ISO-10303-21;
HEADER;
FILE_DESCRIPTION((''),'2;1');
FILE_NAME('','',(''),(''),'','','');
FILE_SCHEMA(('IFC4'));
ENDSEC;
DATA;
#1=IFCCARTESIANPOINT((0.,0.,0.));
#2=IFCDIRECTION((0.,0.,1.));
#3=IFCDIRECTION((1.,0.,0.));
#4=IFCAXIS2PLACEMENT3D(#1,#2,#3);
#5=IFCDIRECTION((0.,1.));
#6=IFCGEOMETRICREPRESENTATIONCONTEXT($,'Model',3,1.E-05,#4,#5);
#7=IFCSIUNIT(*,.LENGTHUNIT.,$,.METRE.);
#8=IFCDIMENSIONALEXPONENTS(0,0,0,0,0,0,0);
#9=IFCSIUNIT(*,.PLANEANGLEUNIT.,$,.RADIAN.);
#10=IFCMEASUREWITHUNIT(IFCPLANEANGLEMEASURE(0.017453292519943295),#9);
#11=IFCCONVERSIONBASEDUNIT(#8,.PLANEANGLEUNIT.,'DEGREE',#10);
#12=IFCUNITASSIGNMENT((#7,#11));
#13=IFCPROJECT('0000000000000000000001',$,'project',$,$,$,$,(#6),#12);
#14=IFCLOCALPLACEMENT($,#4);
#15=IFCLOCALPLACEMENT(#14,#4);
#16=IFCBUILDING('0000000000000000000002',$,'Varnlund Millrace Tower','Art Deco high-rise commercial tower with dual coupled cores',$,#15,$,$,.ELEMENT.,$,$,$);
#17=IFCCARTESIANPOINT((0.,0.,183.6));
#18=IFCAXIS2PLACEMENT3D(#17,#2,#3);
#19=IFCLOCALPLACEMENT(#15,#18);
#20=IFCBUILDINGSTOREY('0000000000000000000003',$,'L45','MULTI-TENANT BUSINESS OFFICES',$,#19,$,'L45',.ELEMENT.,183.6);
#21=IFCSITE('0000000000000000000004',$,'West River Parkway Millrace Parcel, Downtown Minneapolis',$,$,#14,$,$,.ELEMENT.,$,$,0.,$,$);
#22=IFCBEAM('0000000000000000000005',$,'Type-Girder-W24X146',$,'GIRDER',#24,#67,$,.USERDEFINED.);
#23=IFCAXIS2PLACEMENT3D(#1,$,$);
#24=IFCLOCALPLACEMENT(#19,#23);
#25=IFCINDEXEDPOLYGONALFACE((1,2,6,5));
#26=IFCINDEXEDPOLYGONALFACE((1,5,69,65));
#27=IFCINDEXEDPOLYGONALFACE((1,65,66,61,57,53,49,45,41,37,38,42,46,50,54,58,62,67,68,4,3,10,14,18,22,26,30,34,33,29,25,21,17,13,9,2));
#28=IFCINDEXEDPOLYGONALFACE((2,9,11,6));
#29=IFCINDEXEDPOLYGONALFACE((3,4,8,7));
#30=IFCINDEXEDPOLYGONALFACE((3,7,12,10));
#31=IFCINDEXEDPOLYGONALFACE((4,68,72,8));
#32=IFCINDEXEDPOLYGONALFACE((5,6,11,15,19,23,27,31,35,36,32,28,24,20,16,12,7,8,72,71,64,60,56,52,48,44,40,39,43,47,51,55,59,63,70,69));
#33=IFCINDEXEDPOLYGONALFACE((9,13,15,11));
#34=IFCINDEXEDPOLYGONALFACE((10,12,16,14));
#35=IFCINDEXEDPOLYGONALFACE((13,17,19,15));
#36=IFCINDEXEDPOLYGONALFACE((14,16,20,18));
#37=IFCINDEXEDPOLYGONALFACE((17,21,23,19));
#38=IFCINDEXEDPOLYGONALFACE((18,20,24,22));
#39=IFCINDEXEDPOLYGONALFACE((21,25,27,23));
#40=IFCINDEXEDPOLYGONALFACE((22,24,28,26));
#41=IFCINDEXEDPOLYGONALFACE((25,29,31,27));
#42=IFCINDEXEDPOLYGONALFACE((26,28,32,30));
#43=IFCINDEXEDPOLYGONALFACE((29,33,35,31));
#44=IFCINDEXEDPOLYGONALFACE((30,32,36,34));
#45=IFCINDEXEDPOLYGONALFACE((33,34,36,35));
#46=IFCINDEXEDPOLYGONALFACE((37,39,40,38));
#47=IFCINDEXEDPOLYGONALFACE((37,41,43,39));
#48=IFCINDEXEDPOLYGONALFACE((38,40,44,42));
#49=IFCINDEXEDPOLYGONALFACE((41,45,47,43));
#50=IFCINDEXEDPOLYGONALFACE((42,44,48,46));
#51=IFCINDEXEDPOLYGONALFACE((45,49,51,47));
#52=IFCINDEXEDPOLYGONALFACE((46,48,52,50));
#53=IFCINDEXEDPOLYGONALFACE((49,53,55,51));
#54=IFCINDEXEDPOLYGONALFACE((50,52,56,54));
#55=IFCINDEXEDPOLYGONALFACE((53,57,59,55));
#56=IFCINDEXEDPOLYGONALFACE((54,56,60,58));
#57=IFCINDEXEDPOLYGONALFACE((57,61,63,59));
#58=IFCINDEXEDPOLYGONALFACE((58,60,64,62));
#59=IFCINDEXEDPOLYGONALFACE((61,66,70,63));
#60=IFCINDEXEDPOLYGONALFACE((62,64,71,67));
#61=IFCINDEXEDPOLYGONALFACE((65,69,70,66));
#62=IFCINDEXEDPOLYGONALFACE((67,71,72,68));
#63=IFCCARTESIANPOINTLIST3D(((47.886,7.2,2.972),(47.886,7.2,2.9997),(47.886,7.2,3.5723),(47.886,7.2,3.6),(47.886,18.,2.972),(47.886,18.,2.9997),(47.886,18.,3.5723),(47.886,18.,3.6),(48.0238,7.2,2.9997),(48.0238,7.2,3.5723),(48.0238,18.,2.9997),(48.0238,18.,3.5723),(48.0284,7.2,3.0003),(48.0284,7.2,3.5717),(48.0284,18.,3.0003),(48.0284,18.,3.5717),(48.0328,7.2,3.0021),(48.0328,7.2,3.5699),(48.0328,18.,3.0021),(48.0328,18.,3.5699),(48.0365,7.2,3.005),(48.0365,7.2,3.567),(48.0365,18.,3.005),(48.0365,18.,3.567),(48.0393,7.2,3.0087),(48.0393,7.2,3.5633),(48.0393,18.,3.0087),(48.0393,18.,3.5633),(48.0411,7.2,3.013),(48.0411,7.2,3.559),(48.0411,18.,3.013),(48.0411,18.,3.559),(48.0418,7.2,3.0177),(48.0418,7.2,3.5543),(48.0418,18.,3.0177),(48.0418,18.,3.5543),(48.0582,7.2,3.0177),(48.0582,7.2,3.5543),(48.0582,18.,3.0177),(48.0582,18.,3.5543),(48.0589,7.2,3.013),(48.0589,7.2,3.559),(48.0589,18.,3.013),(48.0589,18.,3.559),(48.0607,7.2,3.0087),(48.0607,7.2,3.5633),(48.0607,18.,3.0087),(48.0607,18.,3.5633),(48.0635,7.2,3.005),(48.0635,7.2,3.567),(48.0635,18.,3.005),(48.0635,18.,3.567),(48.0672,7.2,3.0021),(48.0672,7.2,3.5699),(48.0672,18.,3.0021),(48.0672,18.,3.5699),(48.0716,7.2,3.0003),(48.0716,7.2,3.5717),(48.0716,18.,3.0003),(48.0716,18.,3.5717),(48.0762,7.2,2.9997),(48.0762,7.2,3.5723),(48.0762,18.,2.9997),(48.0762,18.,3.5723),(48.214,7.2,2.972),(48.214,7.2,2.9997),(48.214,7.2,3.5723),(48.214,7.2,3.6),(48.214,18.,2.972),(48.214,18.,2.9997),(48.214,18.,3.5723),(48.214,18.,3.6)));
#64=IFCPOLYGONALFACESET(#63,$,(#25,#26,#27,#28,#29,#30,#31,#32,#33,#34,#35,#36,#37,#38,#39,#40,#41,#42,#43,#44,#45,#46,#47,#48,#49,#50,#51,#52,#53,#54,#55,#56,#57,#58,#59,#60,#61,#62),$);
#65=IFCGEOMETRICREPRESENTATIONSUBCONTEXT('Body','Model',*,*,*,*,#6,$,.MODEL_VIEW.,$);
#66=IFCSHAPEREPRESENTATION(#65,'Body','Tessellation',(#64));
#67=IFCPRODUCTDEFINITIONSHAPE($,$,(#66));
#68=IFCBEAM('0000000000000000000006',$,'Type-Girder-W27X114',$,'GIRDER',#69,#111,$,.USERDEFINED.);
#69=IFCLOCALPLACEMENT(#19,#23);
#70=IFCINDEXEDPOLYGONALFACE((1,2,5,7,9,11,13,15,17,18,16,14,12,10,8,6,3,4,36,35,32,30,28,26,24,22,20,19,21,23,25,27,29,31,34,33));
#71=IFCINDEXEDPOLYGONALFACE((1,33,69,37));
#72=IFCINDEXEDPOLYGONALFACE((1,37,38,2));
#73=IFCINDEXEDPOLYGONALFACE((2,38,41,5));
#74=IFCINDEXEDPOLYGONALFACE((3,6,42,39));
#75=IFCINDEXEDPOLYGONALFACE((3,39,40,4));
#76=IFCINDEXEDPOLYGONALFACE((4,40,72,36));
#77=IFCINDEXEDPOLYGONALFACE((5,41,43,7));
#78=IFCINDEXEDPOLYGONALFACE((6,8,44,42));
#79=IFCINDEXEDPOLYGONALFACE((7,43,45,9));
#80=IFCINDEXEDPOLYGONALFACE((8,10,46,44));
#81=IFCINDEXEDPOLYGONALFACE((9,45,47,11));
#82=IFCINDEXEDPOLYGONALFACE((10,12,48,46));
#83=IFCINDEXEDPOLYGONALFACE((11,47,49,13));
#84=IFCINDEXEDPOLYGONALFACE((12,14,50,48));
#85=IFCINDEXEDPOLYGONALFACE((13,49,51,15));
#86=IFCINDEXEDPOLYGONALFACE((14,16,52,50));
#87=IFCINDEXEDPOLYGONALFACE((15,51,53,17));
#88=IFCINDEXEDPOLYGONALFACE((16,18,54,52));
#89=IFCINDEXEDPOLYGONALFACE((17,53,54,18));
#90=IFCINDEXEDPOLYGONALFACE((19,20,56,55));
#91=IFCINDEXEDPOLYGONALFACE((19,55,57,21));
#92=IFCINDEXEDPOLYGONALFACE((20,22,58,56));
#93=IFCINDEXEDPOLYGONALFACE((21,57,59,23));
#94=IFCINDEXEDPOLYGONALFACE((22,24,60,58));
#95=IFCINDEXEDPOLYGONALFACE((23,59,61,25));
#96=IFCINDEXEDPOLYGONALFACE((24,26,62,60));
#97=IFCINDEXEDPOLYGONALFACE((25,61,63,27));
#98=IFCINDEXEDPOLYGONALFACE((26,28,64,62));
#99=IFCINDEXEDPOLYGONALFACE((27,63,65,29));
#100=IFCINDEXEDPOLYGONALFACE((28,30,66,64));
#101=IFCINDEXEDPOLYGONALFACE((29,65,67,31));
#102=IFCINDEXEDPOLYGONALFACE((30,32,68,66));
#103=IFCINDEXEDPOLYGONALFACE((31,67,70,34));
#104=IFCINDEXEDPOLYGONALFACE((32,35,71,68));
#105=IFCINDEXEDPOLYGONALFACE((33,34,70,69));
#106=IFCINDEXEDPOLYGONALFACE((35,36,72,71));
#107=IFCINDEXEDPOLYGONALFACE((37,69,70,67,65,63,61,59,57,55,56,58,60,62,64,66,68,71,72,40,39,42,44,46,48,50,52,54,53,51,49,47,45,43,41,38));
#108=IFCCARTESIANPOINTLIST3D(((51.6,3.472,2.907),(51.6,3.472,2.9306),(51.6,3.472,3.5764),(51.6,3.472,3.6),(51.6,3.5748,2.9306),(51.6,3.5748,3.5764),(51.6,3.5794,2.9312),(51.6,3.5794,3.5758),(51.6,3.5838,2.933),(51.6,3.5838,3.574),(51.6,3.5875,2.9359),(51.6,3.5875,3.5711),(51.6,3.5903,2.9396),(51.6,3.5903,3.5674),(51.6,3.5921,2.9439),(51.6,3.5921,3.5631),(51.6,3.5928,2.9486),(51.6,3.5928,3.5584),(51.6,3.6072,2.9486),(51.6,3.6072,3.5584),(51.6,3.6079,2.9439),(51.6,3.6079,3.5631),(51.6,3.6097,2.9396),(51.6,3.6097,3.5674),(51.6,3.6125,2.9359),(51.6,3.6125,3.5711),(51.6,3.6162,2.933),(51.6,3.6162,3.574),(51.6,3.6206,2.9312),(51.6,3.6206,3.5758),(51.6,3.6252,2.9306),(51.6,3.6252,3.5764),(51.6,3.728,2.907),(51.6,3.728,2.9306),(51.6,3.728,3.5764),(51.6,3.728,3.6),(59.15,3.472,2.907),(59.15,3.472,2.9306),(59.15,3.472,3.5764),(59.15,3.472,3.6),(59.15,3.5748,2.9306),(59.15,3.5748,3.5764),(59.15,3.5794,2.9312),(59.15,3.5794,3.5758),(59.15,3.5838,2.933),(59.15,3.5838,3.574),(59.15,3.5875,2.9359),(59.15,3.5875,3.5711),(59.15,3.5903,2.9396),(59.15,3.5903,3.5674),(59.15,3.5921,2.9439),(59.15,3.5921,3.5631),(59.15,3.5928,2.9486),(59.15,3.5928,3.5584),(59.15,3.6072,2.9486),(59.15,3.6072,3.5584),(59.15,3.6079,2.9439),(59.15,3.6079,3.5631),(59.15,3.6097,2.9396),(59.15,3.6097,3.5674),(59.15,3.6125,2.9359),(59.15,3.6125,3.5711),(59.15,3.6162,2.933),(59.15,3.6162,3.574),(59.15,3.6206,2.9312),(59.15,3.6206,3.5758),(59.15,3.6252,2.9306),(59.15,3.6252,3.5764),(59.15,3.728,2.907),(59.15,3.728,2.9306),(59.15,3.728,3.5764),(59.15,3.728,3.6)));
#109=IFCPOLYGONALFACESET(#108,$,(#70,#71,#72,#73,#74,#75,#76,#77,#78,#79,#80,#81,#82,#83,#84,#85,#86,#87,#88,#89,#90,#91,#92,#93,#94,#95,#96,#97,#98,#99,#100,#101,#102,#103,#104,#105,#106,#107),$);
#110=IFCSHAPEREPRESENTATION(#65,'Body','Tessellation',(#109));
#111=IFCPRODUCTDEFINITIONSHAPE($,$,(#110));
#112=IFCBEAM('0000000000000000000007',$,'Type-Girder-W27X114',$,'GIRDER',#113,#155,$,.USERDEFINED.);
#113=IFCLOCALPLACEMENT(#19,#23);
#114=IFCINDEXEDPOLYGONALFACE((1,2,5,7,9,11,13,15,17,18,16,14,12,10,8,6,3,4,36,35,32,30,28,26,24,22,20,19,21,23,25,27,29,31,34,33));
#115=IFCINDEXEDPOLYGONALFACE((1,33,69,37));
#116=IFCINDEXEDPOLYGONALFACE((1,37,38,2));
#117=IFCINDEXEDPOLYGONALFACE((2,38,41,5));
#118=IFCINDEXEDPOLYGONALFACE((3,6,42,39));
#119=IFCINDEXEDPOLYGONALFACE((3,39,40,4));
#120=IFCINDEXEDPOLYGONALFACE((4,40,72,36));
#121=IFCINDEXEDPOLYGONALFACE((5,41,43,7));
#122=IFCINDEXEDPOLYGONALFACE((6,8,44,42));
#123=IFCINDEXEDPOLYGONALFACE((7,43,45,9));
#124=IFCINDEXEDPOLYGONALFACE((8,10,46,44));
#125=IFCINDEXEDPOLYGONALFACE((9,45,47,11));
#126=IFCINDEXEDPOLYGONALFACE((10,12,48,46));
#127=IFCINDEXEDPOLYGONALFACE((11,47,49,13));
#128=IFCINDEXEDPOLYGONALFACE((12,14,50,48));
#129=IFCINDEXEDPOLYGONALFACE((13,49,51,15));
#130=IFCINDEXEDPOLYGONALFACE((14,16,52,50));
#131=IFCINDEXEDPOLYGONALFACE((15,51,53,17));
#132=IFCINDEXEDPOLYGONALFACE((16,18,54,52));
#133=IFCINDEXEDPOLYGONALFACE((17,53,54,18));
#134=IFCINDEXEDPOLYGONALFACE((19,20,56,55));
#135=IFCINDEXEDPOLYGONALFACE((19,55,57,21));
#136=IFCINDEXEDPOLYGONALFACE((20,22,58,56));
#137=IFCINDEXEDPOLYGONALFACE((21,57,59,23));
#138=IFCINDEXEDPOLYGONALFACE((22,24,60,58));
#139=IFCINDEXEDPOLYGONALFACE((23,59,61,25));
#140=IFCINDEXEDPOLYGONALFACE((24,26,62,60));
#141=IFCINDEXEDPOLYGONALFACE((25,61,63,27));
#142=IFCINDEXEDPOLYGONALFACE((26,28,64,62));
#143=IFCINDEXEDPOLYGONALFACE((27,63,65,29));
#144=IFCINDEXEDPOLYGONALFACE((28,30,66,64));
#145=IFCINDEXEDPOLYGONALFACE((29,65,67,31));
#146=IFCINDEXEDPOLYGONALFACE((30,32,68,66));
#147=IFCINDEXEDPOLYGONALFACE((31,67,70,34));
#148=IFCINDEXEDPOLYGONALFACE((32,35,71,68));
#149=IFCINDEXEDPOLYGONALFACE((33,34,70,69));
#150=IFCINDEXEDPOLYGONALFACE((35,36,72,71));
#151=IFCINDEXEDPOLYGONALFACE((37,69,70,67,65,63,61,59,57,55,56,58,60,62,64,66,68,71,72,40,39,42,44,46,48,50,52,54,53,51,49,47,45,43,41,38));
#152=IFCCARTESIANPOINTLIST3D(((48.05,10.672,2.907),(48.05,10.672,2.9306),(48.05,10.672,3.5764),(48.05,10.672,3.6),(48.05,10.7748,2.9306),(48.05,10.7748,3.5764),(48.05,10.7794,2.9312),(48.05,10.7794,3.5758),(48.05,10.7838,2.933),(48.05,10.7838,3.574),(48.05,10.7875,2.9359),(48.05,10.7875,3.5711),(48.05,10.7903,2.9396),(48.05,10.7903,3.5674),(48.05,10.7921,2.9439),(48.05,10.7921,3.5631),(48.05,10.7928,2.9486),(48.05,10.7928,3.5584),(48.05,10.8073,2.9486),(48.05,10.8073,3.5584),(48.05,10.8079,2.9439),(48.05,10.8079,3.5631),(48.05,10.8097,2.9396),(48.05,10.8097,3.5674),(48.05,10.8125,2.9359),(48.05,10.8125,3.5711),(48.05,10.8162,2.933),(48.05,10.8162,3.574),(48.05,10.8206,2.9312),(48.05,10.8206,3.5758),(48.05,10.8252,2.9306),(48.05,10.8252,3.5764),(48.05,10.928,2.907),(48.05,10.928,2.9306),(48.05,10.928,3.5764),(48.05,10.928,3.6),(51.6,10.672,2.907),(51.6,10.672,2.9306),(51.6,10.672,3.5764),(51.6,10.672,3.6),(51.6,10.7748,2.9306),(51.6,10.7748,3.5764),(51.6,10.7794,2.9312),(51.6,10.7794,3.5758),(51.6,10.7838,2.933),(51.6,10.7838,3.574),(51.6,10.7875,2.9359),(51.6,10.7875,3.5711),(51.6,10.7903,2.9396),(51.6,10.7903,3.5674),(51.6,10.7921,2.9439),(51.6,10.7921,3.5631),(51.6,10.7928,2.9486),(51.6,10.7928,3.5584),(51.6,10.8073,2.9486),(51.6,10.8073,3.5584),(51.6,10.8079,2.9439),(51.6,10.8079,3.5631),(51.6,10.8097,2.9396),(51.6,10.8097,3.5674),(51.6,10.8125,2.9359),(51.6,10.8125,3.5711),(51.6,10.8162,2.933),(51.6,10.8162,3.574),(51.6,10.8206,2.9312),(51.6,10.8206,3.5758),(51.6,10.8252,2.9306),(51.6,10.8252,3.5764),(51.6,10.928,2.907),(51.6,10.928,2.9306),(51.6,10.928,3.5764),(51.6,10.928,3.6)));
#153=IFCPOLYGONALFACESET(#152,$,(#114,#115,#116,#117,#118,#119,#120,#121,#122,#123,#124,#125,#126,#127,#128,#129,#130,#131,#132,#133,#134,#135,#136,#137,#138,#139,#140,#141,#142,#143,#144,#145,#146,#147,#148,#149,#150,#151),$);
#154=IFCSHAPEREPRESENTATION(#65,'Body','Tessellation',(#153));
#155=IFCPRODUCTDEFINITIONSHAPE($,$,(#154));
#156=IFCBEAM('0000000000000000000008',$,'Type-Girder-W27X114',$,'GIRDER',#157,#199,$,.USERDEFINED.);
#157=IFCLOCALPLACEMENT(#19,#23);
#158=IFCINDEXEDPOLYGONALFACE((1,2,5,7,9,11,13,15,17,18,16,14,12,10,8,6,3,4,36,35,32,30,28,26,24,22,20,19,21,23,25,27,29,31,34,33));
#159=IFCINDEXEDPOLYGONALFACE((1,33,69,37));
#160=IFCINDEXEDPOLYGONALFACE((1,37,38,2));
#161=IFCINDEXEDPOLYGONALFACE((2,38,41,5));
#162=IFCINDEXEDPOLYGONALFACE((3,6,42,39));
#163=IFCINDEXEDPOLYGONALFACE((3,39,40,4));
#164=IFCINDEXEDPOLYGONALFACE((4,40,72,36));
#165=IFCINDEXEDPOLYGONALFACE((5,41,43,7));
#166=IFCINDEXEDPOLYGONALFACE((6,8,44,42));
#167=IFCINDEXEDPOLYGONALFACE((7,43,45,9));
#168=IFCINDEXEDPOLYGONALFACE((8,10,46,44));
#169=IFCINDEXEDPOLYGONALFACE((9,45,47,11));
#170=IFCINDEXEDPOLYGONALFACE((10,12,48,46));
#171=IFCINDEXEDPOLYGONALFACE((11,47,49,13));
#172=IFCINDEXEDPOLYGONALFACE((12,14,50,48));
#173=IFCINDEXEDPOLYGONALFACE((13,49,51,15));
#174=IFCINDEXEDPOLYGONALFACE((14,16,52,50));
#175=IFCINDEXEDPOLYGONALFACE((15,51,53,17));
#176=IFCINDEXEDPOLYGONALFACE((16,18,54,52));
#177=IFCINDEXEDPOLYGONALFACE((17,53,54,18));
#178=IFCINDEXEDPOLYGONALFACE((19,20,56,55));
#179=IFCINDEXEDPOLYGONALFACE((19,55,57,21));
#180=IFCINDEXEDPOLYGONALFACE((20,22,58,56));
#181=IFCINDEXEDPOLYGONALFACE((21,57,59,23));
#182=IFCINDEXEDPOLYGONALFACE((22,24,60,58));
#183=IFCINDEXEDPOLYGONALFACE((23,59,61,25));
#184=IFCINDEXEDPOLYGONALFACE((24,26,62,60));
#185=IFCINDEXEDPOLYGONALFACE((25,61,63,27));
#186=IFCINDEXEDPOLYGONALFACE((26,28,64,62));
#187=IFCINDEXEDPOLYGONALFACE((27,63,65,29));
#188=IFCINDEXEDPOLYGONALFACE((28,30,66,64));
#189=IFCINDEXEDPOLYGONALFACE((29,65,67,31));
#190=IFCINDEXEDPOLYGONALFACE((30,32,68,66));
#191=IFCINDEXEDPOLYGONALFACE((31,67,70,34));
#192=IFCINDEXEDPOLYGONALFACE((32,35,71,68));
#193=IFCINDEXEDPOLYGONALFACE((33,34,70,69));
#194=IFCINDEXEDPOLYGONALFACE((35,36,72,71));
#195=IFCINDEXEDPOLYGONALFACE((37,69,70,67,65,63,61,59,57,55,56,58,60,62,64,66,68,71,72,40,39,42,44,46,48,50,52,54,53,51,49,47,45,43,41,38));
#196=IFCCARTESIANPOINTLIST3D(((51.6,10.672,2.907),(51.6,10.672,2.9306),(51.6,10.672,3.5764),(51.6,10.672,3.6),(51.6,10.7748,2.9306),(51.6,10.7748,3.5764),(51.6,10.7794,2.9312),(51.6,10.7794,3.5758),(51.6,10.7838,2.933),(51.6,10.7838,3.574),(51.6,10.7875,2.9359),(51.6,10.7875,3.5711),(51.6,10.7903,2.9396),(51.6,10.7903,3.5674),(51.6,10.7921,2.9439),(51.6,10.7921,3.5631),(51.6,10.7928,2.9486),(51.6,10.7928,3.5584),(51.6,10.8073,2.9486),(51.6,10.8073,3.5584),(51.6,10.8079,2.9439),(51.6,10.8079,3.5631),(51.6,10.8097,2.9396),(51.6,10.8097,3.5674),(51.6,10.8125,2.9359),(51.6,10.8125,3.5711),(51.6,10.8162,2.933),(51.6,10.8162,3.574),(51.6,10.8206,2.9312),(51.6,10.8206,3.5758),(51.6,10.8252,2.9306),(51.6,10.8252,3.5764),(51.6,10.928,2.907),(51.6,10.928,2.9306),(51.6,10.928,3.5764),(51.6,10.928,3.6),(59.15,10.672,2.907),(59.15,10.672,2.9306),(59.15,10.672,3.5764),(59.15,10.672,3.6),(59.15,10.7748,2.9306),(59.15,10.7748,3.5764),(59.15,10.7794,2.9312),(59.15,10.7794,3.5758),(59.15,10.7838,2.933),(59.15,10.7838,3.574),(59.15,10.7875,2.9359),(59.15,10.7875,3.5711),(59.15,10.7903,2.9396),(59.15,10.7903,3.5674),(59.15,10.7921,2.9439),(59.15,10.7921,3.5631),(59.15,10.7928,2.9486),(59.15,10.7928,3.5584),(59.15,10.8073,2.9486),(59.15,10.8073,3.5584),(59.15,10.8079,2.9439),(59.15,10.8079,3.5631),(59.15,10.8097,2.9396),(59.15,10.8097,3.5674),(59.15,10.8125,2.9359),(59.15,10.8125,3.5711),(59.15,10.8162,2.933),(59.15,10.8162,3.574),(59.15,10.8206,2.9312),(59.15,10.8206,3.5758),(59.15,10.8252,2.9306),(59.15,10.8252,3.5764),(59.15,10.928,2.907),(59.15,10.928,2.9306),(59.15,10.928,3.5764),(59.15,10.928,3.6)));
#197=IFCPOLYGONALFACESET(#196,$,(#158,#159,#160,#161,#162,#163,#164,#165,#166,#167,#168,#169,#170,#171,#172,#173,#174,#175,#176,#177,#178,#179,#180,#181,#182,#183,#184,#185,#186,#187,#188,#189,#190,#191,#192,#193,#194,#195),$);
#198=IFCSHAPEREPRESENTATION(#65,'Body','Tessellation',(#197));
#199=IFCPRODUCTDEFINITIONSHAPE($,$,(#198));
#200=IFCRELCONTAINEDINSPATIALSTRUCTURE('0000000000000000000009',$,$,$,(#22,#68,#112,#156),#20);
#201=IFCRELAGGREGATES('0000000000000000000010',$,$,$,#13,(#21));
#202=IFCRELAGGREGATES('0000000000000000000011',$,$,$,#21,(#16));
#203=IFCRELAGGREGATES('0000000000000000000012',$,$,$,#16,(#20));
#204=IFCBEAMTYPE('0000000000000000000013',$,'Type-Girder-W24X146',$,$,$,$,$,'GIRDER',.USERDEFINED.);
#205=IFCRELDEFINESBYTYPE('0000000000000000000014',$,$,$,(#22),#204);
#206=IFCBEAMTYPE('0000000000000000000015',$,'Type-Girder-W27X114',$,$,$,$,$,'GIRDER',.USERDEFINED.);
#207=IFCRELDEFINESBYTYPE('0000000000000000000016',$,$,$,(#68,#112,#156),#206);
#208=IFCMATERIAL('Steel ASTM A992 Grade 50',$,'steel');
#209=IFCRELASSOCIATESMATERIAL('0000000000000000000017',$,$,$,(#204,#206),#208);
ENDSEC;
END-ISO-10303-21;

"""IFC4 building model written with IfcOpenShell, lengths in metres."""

from ifc_helpers import new_model, entity, si_unit, converted_unit, direction, frame, origin_with_axes, origin_2d_with_axis, place, context, subcontext, project, spatial, i_section, extrude, material, material_profile, profile_set, type_object, element, save


model = new_model("IFC4")

# Units and contexts
model_context = context("Model", 3, precision=1e-05, world=origin_with_axes(), true_north=direction((0.0, 1.0)))
body_context = subcontext(model_context, "Body", "Model", "MODEL_VIEW")
ifc_project = project(units=[si_unit("LENGTHUNIT", "METRE"), converted_unit("PLANEANGLEUNIT", "DEGREE", entity("IfcPlaneAngleMeasure", 0.017453292519943295), si_unit("PLANEANGLEUNIT", "RADIAN"), dimensions=[0, 0, 0, 0, 0, 0, 0])], contexts=[model_context])

# Site, building, storey
site_placement = place(None, origin_with_axes())
site = spatial("IfcSite", under=ifc_project, at=site_placement, Name="West River Parkway Millrace Parcel, Downtown Minneapolis", CompositionType="ELEMENT", RefElevation=0.0)
building_placement = place(site_placement, origin_with_axes())
building = spatial("IfcBuilding", under=site, at=building_placement, Name="Varnlund Millrace Tower", Description="Art Deco high-rise commercial tower with dual coupled cores", CompositionType="ELEMENT")
storey_placement = place(building_placement, frame((0.0, 0.0, 183.6), z_axis=(0.0, 0.0, 1.0), x_axis=(1.0, 0.0, 0.0)))
storey = spatial("IfcBuildingStorey", under=building, at=storey_placement, Name="L45", Description="MULTI-TENANT BUSINESS OFFICES", LongName="L45", CompositionType="ELEMENT", Elevation=183.6)

# Beams
ifc_material_1 = material(Name="Steel ASTM A992 Grade 50", Category="steel")
ifc_material_profile_1 = material_profile(ifc_material_1, i_section(OverallWidth=0.328, OverallDepth=0.628, WebThickness=0.0165, FlangeThickness=0.0277, FilletRadius=0.018, at=origin_2d_with_axis()), Name="Steel ASTM A992 Grade 50")
ifc_profile_set_1 = profile_set([ifc_material_profile_1], Name="Steel ASTM A992 Grade 50")
beam_type_1 = type_object("IfcBeamType", Name="Type-Girder-W24X146", ElementType="GIRDER", PredefinedType="USERDEFINED", material=ifc_profile_set_1)
beam_1_placement = place(storey_placement, frame((48.05, 7.2, 3.286), z_axis=(0.0, 1.0, 0.0), x_axis=(-1.0, 0.0, 0.0)))
element("IfcBeam", 1, at=beam_1_placement, inside=storey, type_object=beam_type_1, Name="Type-Girder-W24X146", ObjectType="GIRDER", PredefinedType="USERDEFINED", context=body_context, shape_type="SweptSolid", body=[
    extrude(i_section(OverallWidth=0.328, OverallDepth=0.628, WebThickness=0.0165, FlangeThickness=0.0277, FilletRadius=0.018, at=origin_2d_with_axis()), origin_with_axes(), (0.0, 0.0, 1.0), 10.8),
])
ifc_material_profile_2 = material_profile(ifc_material_1, i_section(OverallWidth=0.256, OverallDepth=0.693, WebThickness=0.0145, FlangeThickness=0.0236, FilletRadius=0.018, at=origin_2d_with_axis()), Name="Steel ASTM A992 Grade 50")
ifc_profile_set_2 = profile_set([ifc_material_profile_2], Name="Steel ASTM A992 Grade 50")
beam_type_2 = type_object("IfcBeamType", Name="Type-Girder-W27X114", ElementType="GIRDER", PredefinedType="USERDEFINED", material=ifc_profile_set_2)
beam_2_placement = place(storey_placement, frame((51.6, 3.6, 3.2535), z_axis=(1.0, 0.0, 0.0), x_axis=(0.0, 1.0, 0.0)))
element("IfcBeam", 2, at=beam_2_placement, inside=storey, type_object=beam_type_2, Name="Type-Girder-W27X114", ObjectType="GIRDER", PredefinedType="USERDEFINED", context=body_context, shape_type="SweptSolid", body=[
    extrude(i_section(OverallWidth=0.256, OverallDepth=0.693, WebThickness=0.0145, FlangeThickness=0.0236, FilletRadius=0.018, at=origin_2d_with_axis()), origin_with_axes(), (0.0, 0.0, 1.0), 7.55),
])
beam_3_placement = place(storey_placement, frame((48.05, 10.8, 3.2535), z_axis=(1.0, 0.0, 0.0), x_axis=(0.0, 1.0, 0.0)))
element("IfcBeam", 3, at=beam_3_placement, inside=storey, type_object=beam_type_2, Name="Type-Girder-W27X114", ObjectType="GIRDER", PredefinedType="USERDEFINED", context=body_context, shape_type="SweptSolid", body=[
    extrude(i_section(OverallWidth=0.256, OverallDepth=0.693, WebThickness=0.0145, FlangeThickness=0.0236, FilletRadius=0.018, at=origin_2d_with_axis()), origin_with_axes(), (0.0, 0.0, 1.0), 3.55),
])
beam_4_placement = place(storey_placement, frame((51.6, 10.8, 3.2535), z_axis=(1.0, 0.0, 0.0), x_axis=(0.0, 1.0, 0.0)))
element("IfcBeam", 4, at=beam_4_placement, inside=storey, type_object=beam_type_2, Name="Type-Girder-W27X114", ObjectType="GIRDER", PredefinedType="USERDEFINED", context=body_context, shape_type="SweptSolid", body=[
    extrude(i_section(OverallWidth=0.256, OverallDepth=0.693, WebThickness=0.0145, FlangeThickness=0.0236, FilletRadius=0.018, at=origin_2d_with_axis()), origin_with_axes(), (0.0, 0.0, 1.0), 7.55),
])

save(model, "model.ifc")
